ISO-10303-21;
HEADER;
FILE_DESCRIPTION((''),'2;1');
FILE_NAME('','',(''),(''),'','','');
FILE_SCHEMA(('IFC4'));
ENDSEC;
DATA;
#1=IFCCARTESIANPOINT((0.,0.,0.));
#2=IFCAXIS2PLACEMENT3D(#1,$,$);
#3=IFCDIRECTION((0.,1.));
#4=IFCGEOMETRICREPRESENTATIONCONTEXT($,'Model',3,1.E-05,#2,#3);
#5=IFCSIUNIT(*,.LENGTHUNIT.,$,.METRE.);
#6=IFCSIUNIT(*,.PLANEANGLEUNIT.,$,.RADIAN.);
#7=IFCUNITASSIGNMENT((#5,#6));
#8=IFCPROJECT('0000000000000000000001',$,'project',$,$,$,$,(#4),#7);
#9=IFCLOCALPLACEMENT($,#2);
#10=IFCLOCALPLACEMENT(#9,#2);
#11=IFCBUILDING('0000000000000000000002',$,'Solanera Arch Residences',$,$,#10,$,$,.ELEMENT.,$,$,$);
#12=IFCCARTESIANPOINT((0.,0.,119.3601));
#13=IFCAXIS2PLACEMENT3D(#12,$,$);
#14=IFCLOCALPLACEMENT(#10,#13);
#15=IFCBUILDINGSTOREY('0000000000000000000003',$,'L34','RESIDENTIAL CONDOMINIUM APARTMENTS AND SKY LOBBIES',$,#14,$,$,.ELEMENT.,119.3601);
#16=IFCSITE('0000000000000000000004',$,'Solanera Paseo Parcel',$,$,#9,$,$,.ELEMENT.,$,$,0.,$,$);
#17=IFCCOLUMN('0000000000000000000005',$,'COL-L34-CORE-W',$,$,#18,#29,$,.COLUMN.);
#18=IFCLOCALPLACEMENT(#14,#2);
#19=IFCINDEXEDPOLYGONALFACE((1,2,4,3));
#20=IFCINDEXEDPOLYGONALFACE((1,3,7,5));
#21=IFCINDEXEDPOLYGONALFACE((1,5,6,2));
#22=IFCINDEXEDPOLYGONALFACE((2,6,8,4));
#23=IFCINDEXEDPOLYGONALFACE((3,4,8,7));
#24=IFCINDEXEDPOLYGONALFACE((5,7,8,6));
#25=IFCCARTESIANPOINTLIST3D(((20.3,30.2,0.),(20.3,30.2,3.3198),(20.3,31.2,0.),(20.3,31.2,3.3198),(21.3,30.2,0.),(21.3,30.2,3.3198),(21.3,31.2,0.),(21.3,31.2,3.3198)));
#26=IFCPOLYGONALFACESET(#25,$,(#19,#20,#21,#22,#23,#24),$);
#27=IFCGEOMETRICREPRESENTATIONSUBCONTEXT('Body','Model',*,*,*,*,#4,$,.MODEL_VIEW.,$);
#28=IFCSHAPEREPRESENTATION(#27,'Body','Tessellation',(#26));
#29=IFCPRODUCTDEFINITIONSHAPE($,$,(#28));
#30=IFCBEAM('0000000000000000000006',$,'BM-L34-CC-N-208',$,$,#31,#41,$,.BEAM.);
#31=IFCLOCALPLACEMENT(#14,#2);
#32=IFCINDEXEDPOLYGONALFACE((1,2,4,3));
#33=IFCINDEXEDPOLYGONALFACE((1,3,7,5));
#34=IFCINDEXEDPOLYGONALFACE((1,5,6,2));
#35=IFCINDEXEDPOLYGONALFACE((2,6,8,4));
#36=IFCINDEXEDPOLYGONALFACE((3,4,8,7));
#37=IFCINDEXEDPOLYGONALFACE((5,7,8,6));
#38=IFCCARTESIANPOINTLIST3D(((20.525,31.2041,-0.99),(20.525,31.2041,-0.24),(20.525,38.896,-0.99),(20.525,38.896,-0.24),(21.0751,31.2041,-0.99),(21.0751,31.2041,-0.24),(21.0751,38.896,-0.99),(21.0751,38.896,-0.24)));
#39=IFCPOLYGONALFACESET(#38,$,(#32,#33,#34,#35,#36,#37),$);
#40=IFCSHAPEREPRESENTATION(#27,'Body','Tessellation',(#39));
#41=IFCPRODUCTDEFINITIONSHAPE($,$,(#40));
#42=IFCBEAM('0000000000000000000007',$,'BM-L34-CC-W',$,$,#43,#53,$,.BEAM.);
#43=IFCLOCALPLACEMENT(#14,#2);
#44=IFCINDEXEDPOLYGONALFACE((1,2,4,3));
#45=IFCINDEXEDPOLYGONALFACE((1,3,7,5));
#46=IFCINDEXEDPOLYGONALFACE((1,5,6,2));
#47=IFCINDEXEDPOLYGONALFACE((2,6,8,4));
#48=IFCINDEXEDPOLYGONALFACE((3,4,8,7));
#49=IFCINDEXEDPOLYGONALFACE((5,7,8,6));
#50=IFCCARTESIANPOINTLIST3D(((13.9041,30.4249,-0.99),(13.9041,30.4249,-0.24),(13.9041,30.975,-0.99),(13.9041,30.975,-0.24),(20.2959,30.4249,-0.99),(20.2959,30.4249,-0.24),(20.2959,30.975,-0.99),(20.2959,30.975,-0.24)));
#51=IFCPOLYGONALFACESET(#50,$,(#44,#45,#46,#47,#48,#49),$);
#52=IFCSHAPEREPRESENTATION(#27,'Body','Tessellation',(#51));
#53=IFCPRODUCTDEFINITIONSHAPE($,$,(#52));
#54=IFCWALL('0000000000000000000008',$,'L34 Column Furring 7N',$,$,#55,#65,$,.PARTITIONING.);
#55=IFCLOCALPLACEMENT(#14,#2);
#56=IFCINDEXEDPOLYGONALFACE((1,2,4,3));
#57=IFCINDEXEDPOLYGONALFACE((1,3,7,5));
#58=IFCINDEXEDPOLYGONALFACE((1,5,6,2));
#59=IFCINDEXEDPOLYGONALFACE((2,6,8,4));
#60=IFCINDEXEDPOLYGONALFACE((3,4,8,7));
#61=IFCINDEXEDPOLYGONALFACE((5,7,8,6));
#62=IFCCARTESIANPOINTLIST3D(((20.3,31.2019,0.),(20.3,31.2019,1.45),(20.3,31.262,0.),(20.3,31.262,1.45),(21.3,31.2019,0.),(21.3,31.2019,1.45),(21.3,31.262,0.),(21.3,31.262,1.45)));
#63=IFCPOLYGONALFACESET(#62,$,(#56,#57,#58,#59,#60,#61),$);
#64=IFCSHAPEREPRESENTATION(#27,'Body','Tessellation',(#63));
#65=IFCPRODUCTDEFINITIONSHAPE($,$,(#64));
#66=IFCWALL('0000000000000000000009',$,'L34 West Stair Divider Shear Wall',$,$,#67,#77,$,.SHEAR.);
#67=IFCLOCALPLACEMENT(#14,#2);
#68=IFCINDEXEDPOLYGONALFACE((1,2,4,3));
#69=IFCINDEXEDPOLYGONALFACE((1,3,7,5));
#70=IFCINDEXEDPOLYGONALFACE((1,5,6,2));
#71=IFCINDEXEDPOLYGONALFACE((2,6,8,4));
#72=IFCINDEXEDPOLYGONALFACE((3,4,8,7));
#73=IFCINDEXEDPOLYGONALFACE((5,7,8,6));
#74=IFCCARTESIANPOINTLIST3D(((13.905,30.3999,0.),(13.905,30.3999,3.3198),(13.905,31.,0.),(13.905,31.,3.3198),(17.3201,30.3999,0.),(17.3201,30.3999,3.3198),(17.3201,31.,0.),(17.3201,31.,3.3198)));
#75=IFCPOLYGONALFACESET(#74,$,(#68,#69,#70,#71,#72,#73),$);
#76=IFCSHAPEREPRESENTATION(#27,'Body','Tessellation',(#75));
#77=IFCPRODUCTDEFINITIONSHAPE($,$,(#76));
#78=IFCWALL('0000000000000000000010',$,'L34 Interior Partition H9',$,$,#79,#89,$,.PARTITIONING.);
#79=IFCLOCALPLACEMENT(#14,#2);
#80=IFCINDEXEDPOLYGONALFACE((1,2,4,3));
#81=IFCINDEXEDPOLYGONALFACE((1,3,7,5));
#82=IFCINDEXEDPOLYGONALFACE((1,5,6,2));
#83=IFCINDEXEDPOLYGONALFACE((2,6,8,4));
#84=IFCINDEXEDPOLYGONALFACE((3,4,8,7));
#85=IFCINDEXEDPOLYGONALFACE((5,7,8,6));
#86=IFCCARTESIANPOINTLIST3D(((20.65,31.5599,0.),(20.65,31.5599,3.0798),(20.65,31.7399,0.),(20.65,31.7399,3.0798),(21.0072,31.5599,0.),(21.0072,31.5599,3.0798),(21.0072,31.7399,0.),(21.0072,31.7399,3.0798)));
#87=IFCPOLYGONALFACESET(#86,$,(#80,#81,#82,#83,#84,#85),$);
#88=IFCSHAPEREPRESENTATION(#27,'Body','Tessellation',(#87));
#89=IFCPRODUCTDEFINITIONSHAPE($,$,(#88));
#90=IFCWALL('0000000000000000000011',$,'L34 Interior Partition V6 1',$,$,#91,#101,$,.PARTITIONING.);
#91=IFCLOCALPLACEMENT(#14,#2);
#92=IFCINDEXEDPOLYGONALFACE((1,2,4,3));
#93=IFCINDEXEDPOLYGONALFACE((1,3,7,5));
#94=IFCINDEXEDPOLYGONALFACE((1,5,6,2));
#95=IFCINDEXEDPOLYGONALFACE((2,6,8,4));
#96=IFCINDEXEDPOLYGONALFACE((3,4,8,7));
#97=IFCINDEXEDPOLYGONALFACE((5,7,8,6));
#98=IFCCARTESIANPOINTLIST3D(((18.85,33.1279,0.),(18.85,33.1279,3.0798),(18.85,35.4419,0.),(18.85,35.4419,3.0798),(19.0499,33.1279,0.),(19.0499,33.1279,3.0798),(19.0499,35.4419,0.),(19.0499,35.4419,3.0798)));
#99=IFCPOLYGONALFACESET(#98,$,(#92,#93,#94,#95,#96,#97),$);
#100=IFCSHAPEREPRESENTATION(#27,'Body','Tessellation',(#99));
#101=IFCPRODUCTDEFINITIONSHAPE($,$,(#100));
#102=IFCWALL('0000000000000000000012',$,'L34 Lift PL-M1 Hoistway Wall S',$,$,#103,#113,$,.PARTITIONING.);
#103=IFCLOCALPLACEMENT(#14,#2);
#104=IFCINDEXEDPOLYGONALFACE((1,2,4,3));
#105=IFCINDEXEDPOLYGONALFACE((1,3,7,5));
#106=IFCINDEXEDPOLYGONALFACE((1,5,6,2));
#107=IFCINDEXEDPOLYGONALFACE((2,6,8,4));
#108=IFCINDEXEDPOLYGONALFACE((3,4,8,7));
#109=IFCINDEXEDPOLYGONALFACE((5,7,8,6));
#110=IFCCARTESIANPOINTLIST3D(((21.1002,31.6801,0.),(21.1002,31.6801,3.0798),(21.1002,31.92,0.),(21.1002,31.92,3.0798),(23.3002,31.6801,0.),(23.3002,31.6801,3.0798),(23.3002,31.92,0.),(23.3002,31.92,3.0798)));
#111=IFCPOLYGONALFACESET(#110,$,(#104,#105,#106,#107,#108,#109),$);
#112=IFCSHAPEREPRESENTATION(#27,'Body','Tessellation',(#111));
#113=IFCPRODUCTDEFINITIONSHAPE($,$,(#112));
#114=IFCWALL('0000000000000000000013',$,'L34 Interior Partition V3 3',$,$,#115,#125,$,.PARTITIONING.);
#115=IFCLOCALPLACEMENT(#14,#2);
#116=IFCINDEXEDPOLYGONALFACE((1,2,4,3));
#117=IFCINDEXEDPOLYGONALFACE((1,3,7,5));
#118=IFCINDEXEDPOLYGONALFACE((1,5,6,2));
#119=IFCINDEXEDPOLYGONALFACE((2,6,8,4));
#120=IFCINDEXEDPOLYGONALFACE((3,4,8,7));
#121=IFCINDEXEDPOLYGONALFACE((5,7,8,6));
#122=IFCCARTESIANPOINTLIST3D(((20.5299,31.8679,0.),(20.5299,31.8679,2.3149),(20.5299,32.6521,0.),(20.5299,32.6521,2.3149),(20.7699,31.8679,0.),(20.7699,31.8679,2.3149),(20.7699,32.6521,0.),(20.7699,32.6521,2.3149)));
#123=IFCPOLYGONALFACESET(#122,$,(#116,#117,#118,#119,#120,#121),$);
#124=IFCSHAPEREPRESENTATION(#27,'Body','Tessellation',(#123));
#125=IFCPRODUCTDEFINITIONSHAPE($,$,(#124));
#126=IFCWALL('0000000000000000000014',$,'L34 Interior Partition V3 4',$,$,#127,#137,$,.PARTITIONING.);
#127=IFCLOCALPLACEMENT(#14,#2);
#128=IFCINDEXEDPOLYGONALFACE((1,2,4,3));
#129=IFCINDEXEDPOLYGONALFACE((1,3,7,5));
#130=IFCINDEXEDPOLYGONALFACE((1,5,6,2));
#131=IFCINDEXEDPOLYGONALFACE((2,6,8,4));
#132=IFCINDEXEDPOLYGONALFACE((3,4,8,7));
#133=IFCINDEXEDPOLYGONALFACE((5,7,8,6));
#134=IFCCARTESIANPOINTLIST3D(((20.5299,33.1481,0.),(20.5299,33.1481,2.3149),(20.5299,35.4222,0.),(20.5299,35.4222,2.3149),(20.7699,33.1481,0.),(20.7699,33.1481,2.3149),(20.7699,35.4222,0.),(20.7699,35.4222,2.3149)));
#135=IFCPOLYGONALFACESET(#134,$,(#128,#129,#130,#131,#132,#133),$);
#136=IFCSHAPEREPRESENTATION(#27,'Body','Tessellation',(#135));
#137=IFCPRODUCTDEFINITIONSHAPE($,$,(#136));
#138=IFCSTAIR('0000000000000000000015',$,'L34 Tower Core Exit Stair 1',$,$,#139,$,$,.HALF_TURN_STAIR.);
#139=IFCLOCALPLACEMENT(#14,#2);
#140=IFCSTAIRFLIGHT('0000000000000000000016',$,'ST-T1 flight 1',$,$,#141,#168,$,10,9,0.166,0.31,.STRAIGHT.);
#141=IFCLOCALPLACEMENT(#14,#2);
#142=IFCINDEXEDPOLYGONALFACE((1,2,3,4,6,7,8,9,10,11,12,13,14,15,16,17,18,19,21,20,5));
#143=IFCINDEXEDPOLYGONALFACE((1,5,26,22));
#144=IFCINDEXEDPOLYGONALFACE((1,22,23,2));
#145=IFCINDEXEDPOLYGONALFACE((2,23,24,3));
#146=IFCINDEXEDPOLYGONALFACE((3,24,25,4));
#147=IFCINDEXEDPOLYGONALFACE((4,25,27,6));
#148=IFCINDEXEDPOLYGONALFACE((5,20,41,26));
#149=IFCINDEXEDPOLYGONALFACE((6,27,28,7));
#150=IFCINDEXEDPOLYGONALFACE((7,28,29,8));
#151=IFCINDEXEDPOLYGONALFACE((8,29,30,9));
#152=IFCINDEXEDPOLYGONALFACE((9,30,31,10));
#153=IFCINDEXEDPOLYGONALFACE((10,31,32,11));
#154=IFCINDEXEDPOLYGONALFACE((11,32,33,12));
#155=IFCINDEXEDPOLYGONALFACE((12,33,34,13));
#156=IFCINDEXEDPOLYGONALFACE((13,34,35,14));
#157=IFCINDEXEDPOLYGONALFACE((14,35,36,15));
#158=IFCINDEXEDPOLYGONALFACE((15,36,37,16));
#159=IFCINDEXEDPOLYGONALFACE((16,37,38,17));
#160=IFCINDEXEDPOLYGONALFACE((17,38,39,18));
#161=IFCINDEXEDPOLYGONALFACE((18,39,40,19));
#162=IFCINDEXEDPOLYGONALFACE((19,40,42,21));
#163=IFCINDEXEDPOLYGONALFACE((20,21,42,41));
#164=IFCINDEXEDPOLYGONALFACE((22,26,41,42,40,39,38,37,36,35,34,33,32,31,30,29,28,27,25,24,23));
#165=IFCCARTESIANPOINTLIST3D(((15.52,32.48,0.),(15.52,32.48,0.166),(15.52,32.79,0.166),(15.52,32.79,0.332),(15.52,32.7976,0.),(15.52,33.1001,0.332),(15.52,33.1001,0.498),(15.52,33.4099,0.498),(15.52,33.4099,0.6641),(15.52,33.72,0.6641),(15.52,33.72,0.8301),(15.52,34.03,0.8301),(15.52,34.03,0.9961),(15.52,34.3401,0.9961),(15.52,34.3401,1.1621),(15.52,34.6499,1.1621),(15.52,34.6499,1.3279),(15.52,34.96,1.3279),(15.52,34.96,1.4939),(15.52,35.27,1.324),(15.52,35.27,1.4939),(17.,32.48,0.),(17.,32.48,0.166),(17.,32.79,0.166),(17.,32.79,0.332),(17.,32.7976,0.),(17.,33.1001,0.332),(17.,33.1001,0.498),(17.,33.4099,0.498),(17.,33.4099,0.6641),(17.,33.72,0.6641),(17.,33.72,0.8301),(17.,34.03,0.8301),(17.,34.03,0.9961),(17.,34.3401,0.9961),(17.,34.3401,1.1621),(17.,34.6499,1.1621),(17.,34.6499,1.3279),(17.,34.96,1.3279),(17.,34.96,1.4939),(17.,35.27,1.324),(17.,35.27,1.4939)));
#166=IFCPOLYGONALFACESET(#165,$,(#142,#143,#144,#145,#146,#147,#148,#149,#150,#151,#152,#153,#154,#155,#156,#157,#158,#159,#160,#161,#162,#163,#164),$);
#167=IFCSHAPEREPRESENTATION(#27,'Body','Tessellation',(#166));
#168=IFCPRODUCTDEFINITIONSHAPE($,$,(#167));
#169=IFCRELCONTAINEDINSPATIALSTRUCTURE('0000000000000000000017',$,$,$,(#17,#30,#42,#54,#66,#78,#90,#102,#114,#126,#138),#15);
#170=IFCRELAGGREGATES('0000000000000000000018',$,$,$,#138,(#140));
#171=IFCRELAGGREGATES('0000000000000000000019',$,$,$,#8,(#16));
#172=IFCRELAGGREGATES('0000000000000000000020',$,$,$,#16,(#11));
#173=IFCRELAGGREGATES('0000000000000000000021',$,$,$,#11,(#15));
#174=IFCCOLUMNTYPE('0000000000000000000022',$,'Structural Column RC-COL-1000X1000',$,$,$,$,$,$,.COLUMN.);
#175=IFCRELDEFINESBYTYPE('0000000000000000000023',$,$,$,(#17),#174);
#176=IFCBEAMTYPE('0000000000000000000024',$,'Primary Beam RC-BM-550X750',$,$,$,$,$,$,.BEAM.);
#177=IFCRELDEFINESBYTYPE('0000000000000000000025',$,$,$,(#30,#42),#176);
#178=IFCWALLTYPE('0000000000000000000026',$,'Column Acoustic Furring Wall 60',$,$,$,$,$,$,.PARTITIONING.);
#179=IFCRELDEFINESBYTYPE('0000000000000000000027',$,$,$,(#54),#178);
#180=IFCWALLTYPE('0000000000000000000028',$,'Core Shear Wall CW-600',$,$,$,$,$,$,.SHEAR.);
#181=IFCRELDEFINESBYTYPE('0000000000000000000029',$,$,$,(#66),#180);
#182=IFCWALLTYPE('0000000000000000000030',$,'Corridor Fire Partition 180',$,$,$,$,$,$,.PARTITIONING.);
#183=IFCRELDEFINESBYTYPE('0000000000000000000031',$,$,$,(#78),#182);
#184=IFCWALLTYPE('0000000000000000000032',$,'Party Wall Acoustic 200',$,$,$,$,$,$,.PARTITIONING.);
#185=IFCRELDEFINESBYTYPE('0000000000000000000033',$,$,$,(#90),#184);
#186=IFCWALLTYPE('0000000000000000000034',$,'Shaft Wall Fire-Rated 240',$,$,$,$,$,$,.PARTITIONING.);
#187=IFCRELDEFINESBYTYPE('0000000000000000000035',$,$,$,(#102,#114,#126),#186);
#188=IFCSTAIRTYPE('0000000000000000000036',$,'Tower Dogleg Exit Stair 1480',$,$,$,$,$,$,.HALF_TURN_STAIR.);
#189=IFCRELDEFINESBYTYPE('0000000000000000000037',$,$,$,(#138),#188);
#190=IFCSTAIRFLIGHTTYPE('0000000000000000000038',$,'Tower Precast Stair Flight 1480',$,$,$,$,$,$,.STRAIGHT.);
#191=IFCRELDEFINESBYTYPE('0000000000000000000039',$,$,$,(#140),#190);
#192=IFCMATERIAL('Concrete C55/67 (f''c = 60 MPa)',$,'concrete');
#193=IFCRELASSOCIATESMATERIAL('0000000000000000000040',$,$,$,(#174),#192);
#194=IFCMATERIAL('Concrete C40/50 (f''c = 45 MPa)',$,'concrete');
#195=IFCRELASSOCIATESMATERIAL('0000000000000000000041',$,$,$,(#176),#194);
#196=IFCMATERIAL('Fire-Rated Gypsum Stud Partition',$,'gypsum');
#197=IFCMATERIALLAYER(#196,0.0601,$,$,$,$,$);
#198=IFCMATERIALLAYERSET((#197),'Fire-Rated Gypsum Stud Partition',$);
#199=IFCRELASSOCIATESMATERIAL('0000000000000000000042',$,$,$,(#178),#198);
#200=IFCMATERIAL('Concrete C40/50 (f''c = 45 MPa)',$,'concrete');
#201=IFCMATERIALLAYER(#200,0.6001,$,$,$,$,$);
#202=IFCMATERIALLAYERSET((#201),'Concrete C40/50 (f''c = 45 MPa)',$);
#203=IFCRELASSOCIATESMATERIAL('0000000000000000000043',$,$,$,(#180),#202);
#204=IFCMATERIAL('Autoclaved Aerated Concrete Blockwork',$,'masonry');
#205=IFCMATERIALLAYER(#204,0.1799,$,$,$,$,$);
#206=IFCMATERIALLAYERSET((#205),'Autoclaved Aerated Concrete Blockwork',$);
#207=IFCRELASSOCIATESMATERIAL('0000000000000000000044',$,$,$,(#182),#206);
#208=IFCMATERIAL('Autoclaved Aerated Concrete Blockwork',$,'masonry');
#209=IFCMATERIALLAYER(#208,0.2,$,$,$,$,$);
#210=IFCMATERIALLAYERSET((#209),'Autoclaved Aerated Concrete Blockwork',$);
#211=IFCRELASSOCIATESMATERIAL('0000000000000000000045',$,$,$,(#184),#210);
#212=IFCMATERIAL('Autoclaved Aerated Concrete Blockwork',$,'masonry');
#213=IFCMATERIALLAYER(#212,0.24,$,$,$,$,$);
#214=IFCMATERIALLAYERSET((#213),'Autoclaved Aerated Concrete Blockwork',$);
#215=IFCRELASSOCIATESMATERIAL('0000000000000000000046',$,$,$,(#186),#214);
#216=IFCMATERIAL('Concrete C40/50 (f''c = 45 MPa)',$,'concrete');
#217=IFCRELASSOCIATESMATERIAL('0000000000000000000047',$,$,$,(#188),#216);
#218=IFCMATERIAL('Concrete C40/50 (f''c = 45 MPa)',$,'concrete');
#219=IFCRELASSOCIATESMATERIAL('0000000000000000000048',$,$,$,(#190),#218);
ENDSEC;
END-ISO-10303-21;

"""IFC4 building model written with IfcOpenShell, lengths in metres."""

from ifc_helpers import new_model, si_unit, direction, frame, frame_2d, origin, origin_2d, place, context, subcontext, project, spatial, polyline, rectangle, outline, extrude, material, layer, layer_set, material_profile, profile_set, type_object, element, aggregate, save


model = new_model("IFC4")

# Units and contexts
model_context = context("Model", 3, precision=1e-05, world=origin(), true_north=direction((0.0, 1.0)))
body_context = subcontext(model_context, "Body", "Model", "MODEL_VIEW")
ifc_project = project(units=[si_unit("LENGTHUNIT", "METRE"), si_unit("PLANEANGLEUNIT", "RADIAN")], contexts=[model_context])

# Site, building, storey
site_placement = place(None, origin())
site = spatial("IfcSite", under=ifc_project, at=site_placement, Name="Solanera Paseo Parcel", CompositionType="ELEMENT", RefElevation=0.0)
building_placement = place(site_placement, origin())
building = spatial("IfcBuilding", under=site, at=building_placement, Name="Solanera Arch Residences", CompositionType="ELEMENT")
storey_placement = place(building_placement, frame((0.0, 0.0, 119.3601)))
storey = spatial("IfcBuildingStorey", under=building, at=storey_placement, Name="L34", Description="RESIDENTIAL CONDOMINIUM APARTMENTS AND SKY LOBBIES", CompositionType="ELEMENT", Elevation=119.3601)

# Column
ifc_material_1 = material(Name="Concrete C55/67 (f'c = 60 MPa)", Category="concrete")
ifc_material_profile_1 = material_profile(ifc_material_1, rectangle(XDim=1.0, YDim=1.0, at=origin_2d()))
ifc_profile_set_1 = profile_set([ifc_material_profile_1], Name="Concrete C55/67 (f'c = 60 MPa)")
column_type = type_object("IfcColumnType", Name="Structural Column RC-COL-1000X1000", PredefinedType="COLUMN", material=ifc_profile_set_1)
column_placement = place(storey_placement, frame((20.8, 30.7, 0.0), z_axis=(0.0, 0.0, 1.0), x_axis=(1.0, 0.0, 0.0)))
element("IfcColumn", 1, at=column_placement, inside=storey, type_object=column_type, Name="COL-L34-CORE-W", PredefinedType="COLUMN", context=body_context, shape_type="SweptSolid", body=[
    extrude(rectangle(XDim=1.0, YDim=1.0, at=origin_2d()), origin(), (0.0, 0.0, 1.0), 3.3198),
])

# Beams
ifc_material_2 = material(Name="Concrete C40/50 (f'c = 45 MPa)", Category="concrete")
ifc_material_profile_2 = material_profile(ifc_material_2, rectangle(XDim=0.55, YDim=0.75, at=origin_2d()))
ifc_profile_set_2 = profile_set([ifc_material_profile_2], Name="Concrete C40/50 (f'c = 45 MPa)")
beam_type = type_object("IfcBeamType", Name="Primary Beam RC-BM-550X750", PredefinedType="BEAM", material=ifc_profile_set_2)
beam_1_placement = place(storey_placement, frame((20.8, 31.2041, -0.615), z_axis=(0.0, 1.0, 0.0), x_axis=(-1.0, 0.0, 0.0)))
element("IfcBeam", 2, at=beam_1_placement, inside=storey, type_object=beam_type, Name="BM-L34-CC-N-208", PredefinedType="BEAM", context=body_context, shape_type="SweptSolid", body=[
    extrude(rectangle(XDim=0.55, YDim=0.75, at=origin_2d()), origin(), (0.0, 0.0, 1.0), 7.6919),
])
beam_2_placement = place(storey_placement, frame((13.9041, 30.7, -0.615), z_axis=(1.0, 0.0, 0.0), x_axis=(0.0, 1.0, 0.0)))
element("IfcBeam", 3, at=beam_2_placement, inside=storey, type_object=beam_type, Name="BM-L34-CC-W", PredefinedType="BEAM", context=body_context, shape_type="SweptSolid", body=[
    extrude(rectangle(XDim=0.55, YDim=0.75, at=origin_2d()), origin(), (0.0, 0.0, 1.0), 6.3918),
])

# Wall
ifc_material_3 = material(Name="Fire-Rated Gypsum Stud Partition", Category="gypsum")
ifc_layer_1 = layer(ifc_material_3, 0.0601)
ifc_layer_set_1 = layer_set([ifc_layer_1], Name="Fire-Rated Gypsum Stud Partition")
wall_type_1 = type_object("IfcWallType", Name="Column Acoustic Furring Wall 60", PredefinedType="PARTITIONING", material=ifc_layer_set_1)
wall_1_placement = place(storey_placement, frame((20.3, 31.2319, 0.0), z_axis=(0.0, 0.0, 1.0), x_axis=(1.0, 0.0, 0.0)))
element("IfcWall", 4, at=wall_1_placement, inside=storey, type_object=wall_type_1, Name="L34 Column Furring 7N", PredefinedType="PARTITIONING", context=body_context, shape_type="SweptSolid", body=[
    extrude(rectangle(XDim=1.0, YDim=0.0601, at=frame_2d((0.5, 0.0))), origin(), (0.0, 0.0, 1.0), 1.45),
])

# Walls
ifc_material_4 = material(Name="Concrete C40/50 (f'c = 45 MPa)", Category="concrete")
ifc_layer_2 = layer(ifc_material_4, 0.6001)
ifc_layer_set_2 = layer_set([ifc_layer_2], Name="Concrete C40/50 (f'c = 45 MPa)")
wall_type_2 = type_object("IfcWallType", Name="Core Shear Wall CW-600", PredefinedType="SHEAR", material=ifc_layer_set_2)
wall_2_placement = place(storey_placement, frame((13.905, 30.7, 0.0), z_axis=(0.0, 0.0, 1.0), x_axis=(1.0, 0.0, 0.0)))
element("IfcWall", 5, at=wall_2_placement, inside=storey, type_object=wall_type_2, Name="L34 West Stair Divider Shear Wall", PredefinedType="SHEAR", context=body_context, shape_type="SweptSolid", body=[
    extrude(rectangle(XDim=3.415, YDim=0.6001, at=frame_2d((1.7075, 0.0))), origin(), (0.0, 0.0, 1.0), 3.3198),
])
ifc_material_5 = material(Name="Autoclaved Aerated Concrete Blockwork", Category="masonry")
ifc_layer_3 = layer(ifc_material_5, 0.1799)
ifc_layer_set_3 = layer_set([ifc_layer_3], Name="Autoclaved Aerated Concrete Blockwork")
wall_type_3 = type_object("IfcWallType", Name="Corridor Fire Partition 180", PredefinedType="PARTITIONING", material=ifc_layer_set_3)
wall_3_placement = place(storey_placement, frame((20.6499, 31.6499, 0.0), z_axis=(0.0, 0.0, 1.0), x_axis=(1.0, 0.0, 0.0)))
element("IfcWall", 6, at=wall_3_placement, inside=storey, type_object=wall_type_3, Name="L34 Interior Partition H9", PredefinedType="PARTITIONING", context=body_context, shape_type="SweptSolid", body=[
    extrude(rectangle(XDim=0.3572, YDim=0.1799, at=frame_2d((0.1787, 0.0))), origin(), (0.0, 0.0, 1.0), 3.0798),
])
ifc_material_6 = material(Name="Autoclaved Aerated Concrete Blockwork", Category="masonry")
ifc_layer_4 = layer(ifc_material_6, 0.2)
ifc_layer_set_4 = layer_set([ifc_layer_4], Name="Autoclaved Aerated Concrete Blockwork")
wall_type_4 = type_object("IfcWallType", Name="Party Wall Acoustic 200", PredefinedType="PARTITIONING", material=ifc_layer_set_4)
wall_4_placement = place(storey_placement, frame((18.95, 33.1279, 0.0), z_axis=(0.0, 0.0, 1.0), x_axis=(0.0, 1.0, 0.0)))
element("IfcWall", 7, at=wall_4_placement, inside=storey, type_object=wall_type_4, Name="L34 Interior Partition V6 1", PredefinedType="PARTITIONING", context=body_context, shape_type="SweptSolid", body=[
    extrude(rectangle(XDim=2.314, YDim=0.2, at=frame_2d((1.157, 0.0))), origin(), (0.0, 0.0, 1.0), 3.0798),
])
ifc_material_7 = material(Name="Autoclaved Aerated Concrete Blockwork", Category="masonry")
ifc_layer_5 = layer(ifc_material_7, 0.24)
ifc_layer_set_5 = layer_set([ifc_layer_5], Name="Autoclaved Aerated Concrete Blockwork")
wall_type_5 = type_object("IfcWallType", Name="Shaft Wall Fire-Rated 240", PredefinedType="PARTITIONING", material=ifc_layer_set_5)
wall_5_placement = place(storey_placement, frame((21.1001, 31.8, 0.0), z_axis=(0.0, 0.0, 1.0), x_axis=(1.0, 0.0, 0.0)))
element("IfcWall", 8, at=wall_5_placement, inside=storey, type_object=wall_type_5, Name="L34 Lift PL-M1 Hoistway Wall S", PredefinedType="PARTITIONING", context=body_context, shape_type="SweptSolid", body=[
    extrude(rectangle(XDim=2.2, YDim=0.24, at=frame_2d((1.1001, 0.0))), origin(), (0.0, 0.0, 1.0), 3.0798),
])

# Walls
wall_6_placement = place(storey_placement, frame((20.6499, 31.8679, 0.0), z_axis=(0.0, 0.0, 1.0), x_axis=(0.0, 1.0, 0.0)))
element("IfcWall", 9, at=wall_6_placement, inside=storey, type_object=wall_type_5, Name="L34 Interior Partition V3 3", PredefinedType="PARTITIONING", context=body_context, shape_type="SweptSolid", body=[
    extrude(rectangle(XDim=0.7842, YDim=0.24, at=frame_2d((0.3921, 0.0))), origin(), (0.0, 0.0, 1.0), 2.3149),
])
wall_7_placement = place(storey_placement, frame((20.6499, 33.1479, 0.0), z_axis=(0.0, 0.0, 1.0), x_axis=(0.0, 1.0, 0.0)))
element("IfcWall", 10, at=wall_7_placement, inside=storey, type_object=wall_type_5, Name="L34 Interior Partition V3 4", PredefinedType="PARTITIONING", context=body_context, shape_type="SweptSolid", body=[
    extrude(rectangle(XDim=2.2742, YDim=0.24, at=frame_2d((1.1372, 0.0))), origin(), (0.0, 0.0, 1.0), 2.3149),
])

# Stair, stair flight
ifc_material_8 = material(Name="Concrete C40/50 (f'c = 45 MPa)", Category="concrete")
stair_type = type_object("IfcStairType", Name="Tower Dogleg Exit Stair 1480", PredefinedType="HALF_TURN_STAIR", material=ifc_material_8)
stair_placement = place(storey_placement, origin())
stair = element("IfcStair", 11, at=stair_placement, inside=storey, type_object=stair_type, Name="L34 Tower Core Exit Stair 1", PredefinedType="HALF_TURN_STAIR")
ifc_material_9 = material(Name="Concrete C40/50 (f'c = 45 MPa)", Category="concrete")
stair_flight_type = type_object("IfcStairFlightType", Name="Tower Precast Stair Flight 1480", PredefinedType="STRAIGHT", material=ifc_material_9)
stair_flight_1_placement = place(storey_placement, frame((16.26, 32.48, 0.0), z_axis=(0.0, 0.0, 1.0), x_axis=(0.0, 1.0, 0.0)))
stair_flight_1 = element("IfcStairFlight", 12, at=stair_flight_1_placement, type_object=stair_flight_type, Name="ST-T1 flight 1", NumberOfRisers=10, NumberOfTreads=9, PredefinedType="STRAIGHT", RiserHeight=0.166, TreadLength=0.31, context=body_context, shape_type="SweptSolid", body=[
    extrude(outline(polyline([(0.0, 0.0), (0.0, 0.166), (0.3101, 0.166), (0.3101, 0.332), (0.6201, 0.332), (0.6201, 0.498), (0.9299, 0.498), (0.9299, 0.6641), (1.24, 0.6641), (1.24, 0.8301), (1.55, 0.8301), (1.55, 0.9961), (1.8601, 0.9961), (1.8601, 1.1621), (2.1699, 1.1621), (2.1699, 1.3279), (2.48, 1.3279), (2.48, 1.4939), (2.79, 1.4939), (2.79, 1.6599), (2.79, 1.324), (0.3176, 0.0), (0.0, 0.0)])), frame((0.0, 0.74, 0.0), z_axis=(0.0, -1.0, 0.0), x_axis=(1.0, 0.0, 0.0)), (0.0, 0.0, 1.0), 1.48),
])
aggregate(stair, [stair_flight_1])

save(model, "model.ifc")
